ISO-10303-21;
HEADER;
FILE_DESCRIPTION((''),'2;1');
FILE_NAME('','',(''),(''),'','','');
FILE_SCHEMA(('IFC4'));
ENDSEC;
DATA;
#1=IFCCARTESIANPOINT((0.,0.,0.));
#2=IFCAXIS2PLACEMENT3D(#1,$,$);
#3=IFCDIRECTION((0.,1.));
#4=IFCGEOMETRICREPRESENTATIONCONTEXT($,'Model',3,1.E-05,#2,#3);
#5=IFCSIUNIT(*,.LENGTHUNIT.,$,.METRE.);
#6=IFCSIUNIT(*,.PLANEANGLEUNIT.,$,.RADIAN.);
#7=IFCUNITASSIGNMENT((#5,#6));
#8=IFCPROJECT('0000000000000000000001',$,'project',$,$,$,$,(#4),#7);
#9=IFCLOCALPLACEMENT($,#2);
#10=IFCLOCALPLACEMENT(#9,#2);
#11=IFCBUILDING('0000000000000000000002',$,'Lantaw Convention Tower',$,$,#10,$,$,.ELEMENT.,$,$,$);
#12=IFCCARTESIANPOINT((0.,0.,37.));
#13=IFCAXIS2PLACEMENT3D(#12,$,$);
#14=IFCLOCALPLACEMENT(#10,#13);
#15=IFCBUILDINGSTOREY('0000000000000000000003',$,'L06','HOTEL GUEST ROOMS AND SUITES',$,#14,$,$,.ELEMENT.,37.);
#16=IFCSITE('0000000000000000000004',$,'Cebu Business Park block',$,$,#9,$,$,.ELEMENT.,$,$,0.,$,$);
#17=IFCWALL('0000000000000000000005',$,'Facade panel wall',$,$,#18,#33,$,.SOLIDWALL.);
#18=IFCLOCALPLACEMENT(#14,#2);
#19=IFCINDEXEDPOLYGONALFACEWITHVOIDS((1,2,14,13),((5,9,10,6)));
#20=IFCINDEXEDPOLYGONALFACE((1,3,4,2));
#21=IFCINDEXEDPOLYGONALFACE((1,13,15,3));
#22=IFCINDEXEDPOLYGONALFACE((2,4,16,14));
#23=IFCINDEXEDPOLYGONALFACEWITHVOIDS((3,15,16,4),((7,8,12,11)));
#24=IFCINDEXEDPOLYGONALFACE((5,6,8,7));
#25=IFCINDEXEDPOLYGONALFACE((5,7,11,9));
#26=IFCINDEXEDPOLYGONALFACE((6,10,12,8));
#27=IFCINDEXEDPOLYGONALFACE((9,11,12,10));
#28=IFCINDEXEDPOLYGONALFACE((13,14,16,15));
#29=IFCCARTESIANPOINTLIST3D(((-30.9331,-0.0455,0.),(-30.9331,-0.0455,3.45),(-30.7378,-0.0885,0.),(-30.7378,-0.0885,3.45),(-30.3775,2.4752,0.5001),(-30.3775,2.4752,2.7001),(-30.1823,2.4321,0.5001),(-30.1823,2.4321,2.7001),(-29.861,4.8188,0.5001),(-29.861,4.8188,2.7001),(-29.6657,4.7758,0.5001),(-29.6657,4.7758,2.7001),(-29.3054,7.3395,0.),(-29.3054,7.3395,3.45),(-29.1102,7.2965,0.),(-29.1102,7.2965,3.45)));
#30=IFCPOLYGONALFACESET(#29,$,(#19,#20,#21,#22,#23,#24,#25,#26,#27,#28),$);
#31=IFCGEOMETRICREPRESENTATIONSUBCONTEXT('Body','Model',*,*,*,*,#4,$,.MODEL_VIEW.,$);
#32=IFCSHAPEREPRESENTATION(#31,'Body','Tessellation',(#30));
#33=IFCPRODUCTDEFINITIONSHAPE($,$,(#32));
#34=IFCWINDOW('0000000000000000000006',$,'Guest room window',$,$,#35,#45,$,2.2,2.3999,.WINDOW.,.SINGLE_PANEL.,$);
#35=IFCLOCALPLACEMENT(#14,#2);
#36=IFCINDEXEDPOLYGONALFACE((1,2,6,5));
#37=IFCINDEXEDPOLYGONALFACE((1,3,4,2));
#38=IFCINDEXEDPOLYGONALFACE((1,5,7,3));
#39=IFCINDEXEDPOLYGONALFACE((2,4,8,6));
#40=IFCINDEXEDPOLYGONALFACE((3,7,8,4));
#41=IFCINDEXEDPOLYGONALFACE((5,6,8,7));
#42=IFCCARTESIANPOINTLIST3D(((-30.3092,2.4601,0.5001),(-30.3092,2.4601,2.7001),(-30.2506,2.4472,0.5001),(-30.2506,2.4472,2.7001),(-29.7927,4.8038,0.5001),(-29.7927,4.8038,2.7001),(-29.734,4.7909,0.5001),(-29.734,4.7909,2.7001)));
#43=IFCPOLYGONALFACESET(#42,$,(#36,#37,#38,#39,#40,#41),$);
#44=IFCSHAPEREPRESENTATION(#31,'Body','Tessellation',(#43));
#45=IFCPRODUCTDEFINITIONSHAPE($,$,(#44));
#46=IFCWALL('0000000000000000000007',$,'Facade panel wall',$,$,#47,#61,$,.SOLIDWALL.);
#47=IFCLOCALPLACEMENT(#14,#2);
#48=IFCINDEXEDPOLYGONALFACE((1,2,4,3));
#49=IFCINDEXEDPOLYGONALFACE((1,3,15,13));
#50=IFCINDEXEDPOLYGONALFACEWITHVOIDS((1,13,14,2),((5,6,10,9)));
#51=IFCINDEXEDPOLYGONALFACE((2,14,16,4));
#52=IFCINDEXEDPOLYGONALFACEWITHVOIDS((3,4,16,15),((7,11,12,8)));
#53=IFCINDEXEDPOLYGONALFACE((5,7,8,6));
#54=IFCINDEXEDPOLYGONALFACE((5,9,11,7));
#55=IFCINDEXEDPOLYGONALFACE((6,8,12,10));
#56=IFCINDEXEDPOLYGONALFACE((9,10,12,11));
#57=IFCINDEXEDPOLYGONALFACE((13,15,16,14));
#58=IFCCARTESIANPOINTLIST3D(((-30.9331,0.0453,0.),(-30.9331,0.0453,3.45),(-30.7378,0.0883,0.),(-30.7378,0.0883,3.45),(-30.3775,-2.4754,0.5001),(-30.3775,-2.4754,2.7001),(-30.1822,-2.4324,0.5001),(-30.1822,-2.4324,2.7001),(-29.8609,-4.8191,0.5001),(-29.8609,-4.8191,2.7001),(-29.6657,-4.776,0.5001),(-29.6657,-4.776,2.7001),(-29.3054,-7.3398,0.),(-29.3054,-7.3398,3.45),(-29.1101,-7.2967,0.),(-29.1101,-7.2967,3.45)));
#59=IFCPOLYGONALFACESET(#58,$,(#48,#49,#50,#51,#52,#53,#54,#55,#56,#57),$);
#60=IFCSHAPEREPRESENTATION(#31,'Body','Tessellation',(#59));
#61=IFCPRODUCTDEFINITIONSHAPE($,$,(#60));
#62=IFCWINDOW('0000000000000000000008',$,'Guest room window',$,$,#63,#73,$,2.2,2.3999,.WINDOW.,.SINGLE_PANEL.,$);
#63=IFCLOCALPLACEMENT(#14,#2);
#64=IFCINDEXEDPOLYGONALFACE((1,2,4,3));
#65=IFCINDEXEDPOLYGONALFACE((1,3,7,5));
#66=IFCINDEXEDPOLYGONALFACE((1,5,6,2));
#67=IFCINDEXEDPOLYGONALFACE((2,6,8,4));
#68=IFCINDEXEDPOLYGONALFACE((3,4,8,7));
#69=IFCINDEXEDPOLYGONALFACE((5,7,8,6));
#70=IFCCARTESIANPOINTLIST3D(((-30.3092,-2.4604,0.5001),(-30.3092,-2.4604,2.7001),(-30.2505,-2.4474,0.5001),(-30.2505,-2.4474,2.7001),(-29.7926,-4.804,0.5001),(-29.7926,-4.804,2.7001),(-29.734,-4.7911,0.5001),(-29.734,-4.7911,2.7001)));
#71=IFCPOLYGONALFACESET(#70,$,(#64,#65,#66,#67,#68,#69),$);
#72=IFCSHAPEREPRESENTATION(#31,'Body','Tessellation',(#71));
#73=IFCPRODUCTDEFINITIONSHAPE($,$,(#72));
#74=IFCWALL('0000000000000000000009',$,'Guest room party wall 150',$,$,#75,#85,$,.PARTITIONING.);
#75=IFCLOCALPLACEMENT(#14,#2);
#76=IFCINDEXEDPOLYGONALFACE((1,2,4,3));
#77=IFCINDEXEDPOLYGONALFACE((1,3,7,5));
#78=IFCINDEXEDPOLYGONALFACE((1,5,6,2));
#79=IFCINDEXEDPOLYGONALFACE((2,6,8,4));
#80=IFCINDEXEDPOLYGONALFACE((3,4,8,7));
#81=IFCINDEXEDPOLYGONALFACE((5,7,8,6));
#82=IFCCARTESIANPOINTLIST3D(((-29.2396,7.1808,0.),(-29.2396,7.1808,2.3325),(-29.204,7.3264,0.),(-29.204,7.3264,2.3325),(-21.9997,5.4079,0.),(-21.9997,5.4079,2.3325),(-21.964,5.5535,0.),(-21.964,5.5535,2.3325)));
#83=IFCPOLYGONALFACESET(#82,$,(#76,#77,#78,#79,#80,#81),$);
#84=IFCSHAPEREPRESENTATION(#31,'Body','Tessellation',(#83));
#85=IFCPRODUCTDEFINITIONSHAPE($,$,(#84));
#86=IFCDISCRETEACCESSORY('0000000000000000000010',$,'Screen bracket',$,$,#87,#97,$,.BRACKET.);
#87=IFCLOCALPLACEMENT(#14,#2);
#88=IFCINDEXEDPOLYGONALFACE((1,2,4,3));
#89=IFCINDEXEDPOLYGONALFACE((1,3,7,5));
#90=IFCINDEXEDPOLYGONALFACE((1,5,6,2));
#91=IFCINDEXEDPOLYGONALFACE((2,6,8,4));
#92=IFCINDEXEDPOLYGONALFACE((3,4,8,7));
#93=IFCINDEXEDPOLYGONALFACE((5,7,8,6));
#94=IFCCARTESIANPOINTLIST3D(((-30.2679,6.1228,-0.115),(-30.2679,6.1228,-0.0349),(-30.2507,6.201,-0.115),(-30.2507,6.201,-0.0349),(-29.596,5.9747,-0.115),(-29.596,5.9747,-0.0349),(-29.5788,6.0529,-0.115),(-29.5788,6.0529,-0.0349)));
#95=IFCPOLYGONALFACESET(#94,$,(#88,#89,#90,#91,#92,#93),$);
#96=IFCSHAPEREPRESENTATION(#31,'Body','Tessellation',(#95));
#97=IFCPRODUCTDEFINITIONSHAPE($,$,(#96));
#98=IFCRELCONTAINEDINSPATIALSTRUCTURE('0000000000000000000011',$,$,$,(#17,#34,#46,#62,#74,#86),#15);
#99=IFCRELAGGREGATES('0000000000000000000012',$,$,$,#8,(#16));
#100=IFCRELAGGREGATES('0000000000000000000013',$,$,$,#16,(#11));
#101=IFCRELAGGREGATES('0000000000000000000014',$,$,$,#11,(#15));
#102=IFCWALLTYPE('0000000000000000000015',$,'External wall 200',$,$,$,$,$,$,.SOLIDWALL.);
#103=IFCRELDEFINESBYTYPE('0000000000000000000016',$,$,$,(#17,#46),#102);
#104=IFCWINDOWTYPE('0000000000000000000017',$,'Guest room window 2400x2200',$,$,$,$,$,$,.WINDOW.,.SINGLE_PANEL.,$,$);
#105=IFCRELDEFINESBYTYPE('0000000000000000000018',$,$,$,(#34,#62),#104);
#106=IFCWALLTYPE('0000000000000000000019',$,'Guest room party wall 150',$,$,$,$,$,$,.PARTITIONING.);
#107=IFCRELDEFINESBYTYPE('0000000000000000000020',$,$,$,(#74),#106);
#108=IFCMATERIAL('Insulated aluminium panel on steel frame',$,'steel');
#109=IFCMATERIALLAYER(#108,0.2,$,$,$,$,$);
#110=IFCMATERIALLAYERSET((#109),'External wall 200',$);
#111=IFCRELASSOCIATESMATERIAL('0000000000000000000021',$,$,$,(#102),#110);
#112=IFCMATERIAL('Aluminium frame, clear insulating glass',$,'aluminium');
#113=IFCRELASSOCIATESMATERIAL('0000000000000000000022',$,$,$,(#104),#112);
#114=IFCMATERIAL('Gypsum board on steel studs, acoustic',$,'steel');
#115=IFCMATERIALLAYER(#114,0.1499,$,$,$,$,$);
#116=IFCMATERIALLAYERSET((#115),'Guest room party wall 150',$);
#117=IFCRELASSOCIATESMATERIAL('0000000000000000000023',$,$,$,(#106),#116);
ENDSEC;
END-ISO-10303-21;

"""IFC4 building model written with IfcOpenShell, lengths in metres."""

from ifc_helpers import new_model, si_unit, direction, frame, frame_2d, origin, origin_2d, place, context, subcontext, project, spatial, rectangle, extrude, material, layer, layer_set, type_object, element, fill, save


model = new_model("IFC4")

# Units and contexts
model_context = context("Model", 3, precision=1e-05, world=origin(), true_north=direction((0.0, 1.0)))
body_context = subcontext(model_context, "Body", "Model", "MODEL_VIEW")
ifc_project = project(units=[si_unit("LENGTHUNIT", "METRE"), si_unit("PLANEANGLEUNIT", "RADIAN")], contexts=[model_context])

# Site, building, storey
site_placement = place(None, origin())
site = spatial("IfcSite", under=ifc_project, at=site_placement, Name="Cebu Business Park block", CompositionType="ELEMENT", RefElevation=0.0)
building_placement = place(site_placement, origin())
building = spatial("IfcBuilding", under=site, at=building_placement, Name="Lantaw Convention Tower", CompositionType="ELEMENT")
storey_placement = place(building_placement, frame((0.0, 0.0, 37.0)))
storey = spatial("IfcBuildingStorey", under=building, at=storey_placement, Name="L06", Description="HOTEL GUEST ROOMS AND SUITES", CompositionType="ELEMENT", Elevation=37.0)

# Walls, openings, windows
ifc_material_1 = material(Name="Insulated aluminium panel on steel frame", Category="steel")
ifc_layer_1 = layer(ifc_material_1, 0.2)
ifc_layer_set_1 = layer_set([ifc_layer_1], Name="External wall 200")
wall_type_1 = type_object("IfcWallType", Name="External wall 200", PredefinedType="SOLIDWALL", material=ifc_layer_set_1)
wall_1_placement = place(storey_placement, frame((-29.2078, 7.3181, 0.0), z_axis=(0.0, 0.0, 1.0), x_axis=(-0.215238, -0.976562, 0.0)))
wall_1 = element("IfcWall", 1, at=wall_1_placement, inside=storey, type_object=wall_type_1, Name="Facade panel wall", PredefinedType="SOLIDWALL", context=body_context, shape_type="SweptSolid", body=[
    extrude(rectangle(XDim=7.5623, YDim=0.2, at=frame_2d((3.7812, 0.0))), origin(), (0.0, 0.0, 1.0), 3.45),
])
opening_1_placement = place(wall_1_placement, frame((2.5813, 0.0, 0.5)))
opening_1 = element("IfcOpeningElement", 2, at=opening_1_placement, cuts=wall_1, PredefinedType="OPENING", context=body_context, shape_type="SweptSolid", body=[
    extrude(rectangle(XDim=2.3999, YDim=2.2, at=frame_2d((1.2, 1.1001))), frame((0.0, 0.1099, 0.0), z_axis=(0.0, -1.0, 0.0), x_axis=(1.0, 0.0, 0.0)), (0.0, 0.0, 1.0), 0.22),
])
ifc_material_2 = material(Name="Aluminium frame, clear insulating glass", Category="aluminium")
window_type = type_object("IfcWindowType", Name="Guest room window 2400x2200", PartitioningType="SINGLE_PANEL", PredefinedType="WINDOW", material=ifc_material_2)
window_1_placement = place(opening_1_placement, origin())
window_1 = element("IfcWindow", 3, at=window_1_placement, inside=storey, type_object=window_type, Name="Guest room window", OverallHeight=2.2, OverallWidth=2.3999, PartitioningType="SINGLE_PANEL", PredefinedType="WINDOW", context=body_context, shape_type="SweptSolid", body=[
    extrude(rectangle(XDim=2.3999, YDim=2.2, at=frame_2d((1.2, 1.1001))), frame((0.0, 0.03, 0.0), z_axis=(0.0, -1.0, 0.0), x_axis=(1.0, 0.0, 0.0)), (0.0, 0.0, 1.0), 0.0601),
])
fill(opening_1, window_1)
wall_2_placement = place(storey_placement, frame((-30.8354, 0.0669, 0.0), z_axis=(0.0, 0.0, 1.0), x_axis=(0.215238, -0.976562, 0.0)))
wall_2 = element("IfcWall", 4, at=wall_2_placement, inside=storey, type_object=wall_type_1, Name="Facade panel wall", PredefinedType="SOLIDWALL", context=body_context, shape_type="SweptSolid", body=[
    extrude(rectangle(XDim=7.5623, YDim=0.2, at=frame_2d((3.7812, 0.0))), origin(), (0.0, 0.0, 1.0), 3.45),
])
opening_2_placement = place(wall_2_placement, frame((2.5813, 0.0, 0.5)))
opening_2 = element("IfcOpeningElement", 5, at=opening_2_placement, cuts=wall_2, PredefinedType="OPENING", context=body_context, shape_type="SweptSolid", body=[
    extrude(rectangle(XDim=2.3999, YDim=2.2, at=frame_2d((1.2, 1.1001))), frame((0.0, 0.1099, 0.0), z_axis=(0.0, -1.0, 0.0), x_axis=(1.0, 0.0, 0.0)), (0.0, 0.0, 1.0), 0.22),
])
window_2_placement = place(opening_2_placement, origin())
window_2 = element("IfcWindow", 6, at=window_2_placement, inside=storey, type_object=window_type, Name="Guest room window", OverallHeight=2.2, OverallWidth=2.3999, PartitioningType="SINGLE_PANEL", PredefinedType="WINDOW", context=body_context, shape_type="SweptSolid", body=[
    extrude(rectangle(XDim=2.3999, YDim=2.2, at=frame_2d((1.2, 1.1001))), frame((0.0, 0.03, 0.0), z_axis=(0.0, -1.0, 0.0), x_axis=(1.0, 0.0, 0.0)), (0.0, 0.0, 1.0), 0.0601),
])
fill(opening_2, window_2)

# Wall
ifc_material_3 = material(Name="Gypsum board on steel studs, acoustic", Category="steel")
ifc_layer_2 = layer(ifc_material_3, 0.1499)
ifc_layer_set_2 = layer_set([ifc_layer_2], Name="Guest room party wall 150")
wall_type_2 = type_object("IfcWallType", Name="Guest room party wall 150", PredefinedType="PARTITIONING", material=ifc_layer_set_2)
wall_3_placement = place(storey_placement, frame((-29.2219, 7.2537, 0.0), z_axis=(0.0, 0.0, 1.0), x_axis=(0.971301, -0.237855, 0.0)))
element("IfcWall", 7, at=wall_3_placement, inside=storey, type_object=wall_type_2, Name="Guest room party wall 150", PredefinedType="PARTITIONING", context=body_context, shape_type="SweptSolid", body=[
    extrude(rectangle(XDim=7.4539, YDim=0.1499, at=frame_2d((3.7271, 0.0))), origin(), (0.0, 0.0, 1.0), 2.3325),
])

# Discrete accessory
discrete_accessory_placement = place(storey_placement, frame((-29.9233, 6.0879, -0.115), z_axis=(0.0, 0.0, 1.0), x_axis=(-0.215246, -0.97656, 0.0)))
element("IfcDiscreteAccessory", 8, at=discrete_accessory_placement, inside=storey, Name="Screen bracket", PredefinedType="BRACKET", context=body_context, shape_type="SweptSolid", body=[
    extrude(rectangle(XDim=0.0801, YDim=0.688, at=origin_2d()), origin(), (0.0, 0.0, 1.0), 0.0801),
])

save(model, "model.ifc")
